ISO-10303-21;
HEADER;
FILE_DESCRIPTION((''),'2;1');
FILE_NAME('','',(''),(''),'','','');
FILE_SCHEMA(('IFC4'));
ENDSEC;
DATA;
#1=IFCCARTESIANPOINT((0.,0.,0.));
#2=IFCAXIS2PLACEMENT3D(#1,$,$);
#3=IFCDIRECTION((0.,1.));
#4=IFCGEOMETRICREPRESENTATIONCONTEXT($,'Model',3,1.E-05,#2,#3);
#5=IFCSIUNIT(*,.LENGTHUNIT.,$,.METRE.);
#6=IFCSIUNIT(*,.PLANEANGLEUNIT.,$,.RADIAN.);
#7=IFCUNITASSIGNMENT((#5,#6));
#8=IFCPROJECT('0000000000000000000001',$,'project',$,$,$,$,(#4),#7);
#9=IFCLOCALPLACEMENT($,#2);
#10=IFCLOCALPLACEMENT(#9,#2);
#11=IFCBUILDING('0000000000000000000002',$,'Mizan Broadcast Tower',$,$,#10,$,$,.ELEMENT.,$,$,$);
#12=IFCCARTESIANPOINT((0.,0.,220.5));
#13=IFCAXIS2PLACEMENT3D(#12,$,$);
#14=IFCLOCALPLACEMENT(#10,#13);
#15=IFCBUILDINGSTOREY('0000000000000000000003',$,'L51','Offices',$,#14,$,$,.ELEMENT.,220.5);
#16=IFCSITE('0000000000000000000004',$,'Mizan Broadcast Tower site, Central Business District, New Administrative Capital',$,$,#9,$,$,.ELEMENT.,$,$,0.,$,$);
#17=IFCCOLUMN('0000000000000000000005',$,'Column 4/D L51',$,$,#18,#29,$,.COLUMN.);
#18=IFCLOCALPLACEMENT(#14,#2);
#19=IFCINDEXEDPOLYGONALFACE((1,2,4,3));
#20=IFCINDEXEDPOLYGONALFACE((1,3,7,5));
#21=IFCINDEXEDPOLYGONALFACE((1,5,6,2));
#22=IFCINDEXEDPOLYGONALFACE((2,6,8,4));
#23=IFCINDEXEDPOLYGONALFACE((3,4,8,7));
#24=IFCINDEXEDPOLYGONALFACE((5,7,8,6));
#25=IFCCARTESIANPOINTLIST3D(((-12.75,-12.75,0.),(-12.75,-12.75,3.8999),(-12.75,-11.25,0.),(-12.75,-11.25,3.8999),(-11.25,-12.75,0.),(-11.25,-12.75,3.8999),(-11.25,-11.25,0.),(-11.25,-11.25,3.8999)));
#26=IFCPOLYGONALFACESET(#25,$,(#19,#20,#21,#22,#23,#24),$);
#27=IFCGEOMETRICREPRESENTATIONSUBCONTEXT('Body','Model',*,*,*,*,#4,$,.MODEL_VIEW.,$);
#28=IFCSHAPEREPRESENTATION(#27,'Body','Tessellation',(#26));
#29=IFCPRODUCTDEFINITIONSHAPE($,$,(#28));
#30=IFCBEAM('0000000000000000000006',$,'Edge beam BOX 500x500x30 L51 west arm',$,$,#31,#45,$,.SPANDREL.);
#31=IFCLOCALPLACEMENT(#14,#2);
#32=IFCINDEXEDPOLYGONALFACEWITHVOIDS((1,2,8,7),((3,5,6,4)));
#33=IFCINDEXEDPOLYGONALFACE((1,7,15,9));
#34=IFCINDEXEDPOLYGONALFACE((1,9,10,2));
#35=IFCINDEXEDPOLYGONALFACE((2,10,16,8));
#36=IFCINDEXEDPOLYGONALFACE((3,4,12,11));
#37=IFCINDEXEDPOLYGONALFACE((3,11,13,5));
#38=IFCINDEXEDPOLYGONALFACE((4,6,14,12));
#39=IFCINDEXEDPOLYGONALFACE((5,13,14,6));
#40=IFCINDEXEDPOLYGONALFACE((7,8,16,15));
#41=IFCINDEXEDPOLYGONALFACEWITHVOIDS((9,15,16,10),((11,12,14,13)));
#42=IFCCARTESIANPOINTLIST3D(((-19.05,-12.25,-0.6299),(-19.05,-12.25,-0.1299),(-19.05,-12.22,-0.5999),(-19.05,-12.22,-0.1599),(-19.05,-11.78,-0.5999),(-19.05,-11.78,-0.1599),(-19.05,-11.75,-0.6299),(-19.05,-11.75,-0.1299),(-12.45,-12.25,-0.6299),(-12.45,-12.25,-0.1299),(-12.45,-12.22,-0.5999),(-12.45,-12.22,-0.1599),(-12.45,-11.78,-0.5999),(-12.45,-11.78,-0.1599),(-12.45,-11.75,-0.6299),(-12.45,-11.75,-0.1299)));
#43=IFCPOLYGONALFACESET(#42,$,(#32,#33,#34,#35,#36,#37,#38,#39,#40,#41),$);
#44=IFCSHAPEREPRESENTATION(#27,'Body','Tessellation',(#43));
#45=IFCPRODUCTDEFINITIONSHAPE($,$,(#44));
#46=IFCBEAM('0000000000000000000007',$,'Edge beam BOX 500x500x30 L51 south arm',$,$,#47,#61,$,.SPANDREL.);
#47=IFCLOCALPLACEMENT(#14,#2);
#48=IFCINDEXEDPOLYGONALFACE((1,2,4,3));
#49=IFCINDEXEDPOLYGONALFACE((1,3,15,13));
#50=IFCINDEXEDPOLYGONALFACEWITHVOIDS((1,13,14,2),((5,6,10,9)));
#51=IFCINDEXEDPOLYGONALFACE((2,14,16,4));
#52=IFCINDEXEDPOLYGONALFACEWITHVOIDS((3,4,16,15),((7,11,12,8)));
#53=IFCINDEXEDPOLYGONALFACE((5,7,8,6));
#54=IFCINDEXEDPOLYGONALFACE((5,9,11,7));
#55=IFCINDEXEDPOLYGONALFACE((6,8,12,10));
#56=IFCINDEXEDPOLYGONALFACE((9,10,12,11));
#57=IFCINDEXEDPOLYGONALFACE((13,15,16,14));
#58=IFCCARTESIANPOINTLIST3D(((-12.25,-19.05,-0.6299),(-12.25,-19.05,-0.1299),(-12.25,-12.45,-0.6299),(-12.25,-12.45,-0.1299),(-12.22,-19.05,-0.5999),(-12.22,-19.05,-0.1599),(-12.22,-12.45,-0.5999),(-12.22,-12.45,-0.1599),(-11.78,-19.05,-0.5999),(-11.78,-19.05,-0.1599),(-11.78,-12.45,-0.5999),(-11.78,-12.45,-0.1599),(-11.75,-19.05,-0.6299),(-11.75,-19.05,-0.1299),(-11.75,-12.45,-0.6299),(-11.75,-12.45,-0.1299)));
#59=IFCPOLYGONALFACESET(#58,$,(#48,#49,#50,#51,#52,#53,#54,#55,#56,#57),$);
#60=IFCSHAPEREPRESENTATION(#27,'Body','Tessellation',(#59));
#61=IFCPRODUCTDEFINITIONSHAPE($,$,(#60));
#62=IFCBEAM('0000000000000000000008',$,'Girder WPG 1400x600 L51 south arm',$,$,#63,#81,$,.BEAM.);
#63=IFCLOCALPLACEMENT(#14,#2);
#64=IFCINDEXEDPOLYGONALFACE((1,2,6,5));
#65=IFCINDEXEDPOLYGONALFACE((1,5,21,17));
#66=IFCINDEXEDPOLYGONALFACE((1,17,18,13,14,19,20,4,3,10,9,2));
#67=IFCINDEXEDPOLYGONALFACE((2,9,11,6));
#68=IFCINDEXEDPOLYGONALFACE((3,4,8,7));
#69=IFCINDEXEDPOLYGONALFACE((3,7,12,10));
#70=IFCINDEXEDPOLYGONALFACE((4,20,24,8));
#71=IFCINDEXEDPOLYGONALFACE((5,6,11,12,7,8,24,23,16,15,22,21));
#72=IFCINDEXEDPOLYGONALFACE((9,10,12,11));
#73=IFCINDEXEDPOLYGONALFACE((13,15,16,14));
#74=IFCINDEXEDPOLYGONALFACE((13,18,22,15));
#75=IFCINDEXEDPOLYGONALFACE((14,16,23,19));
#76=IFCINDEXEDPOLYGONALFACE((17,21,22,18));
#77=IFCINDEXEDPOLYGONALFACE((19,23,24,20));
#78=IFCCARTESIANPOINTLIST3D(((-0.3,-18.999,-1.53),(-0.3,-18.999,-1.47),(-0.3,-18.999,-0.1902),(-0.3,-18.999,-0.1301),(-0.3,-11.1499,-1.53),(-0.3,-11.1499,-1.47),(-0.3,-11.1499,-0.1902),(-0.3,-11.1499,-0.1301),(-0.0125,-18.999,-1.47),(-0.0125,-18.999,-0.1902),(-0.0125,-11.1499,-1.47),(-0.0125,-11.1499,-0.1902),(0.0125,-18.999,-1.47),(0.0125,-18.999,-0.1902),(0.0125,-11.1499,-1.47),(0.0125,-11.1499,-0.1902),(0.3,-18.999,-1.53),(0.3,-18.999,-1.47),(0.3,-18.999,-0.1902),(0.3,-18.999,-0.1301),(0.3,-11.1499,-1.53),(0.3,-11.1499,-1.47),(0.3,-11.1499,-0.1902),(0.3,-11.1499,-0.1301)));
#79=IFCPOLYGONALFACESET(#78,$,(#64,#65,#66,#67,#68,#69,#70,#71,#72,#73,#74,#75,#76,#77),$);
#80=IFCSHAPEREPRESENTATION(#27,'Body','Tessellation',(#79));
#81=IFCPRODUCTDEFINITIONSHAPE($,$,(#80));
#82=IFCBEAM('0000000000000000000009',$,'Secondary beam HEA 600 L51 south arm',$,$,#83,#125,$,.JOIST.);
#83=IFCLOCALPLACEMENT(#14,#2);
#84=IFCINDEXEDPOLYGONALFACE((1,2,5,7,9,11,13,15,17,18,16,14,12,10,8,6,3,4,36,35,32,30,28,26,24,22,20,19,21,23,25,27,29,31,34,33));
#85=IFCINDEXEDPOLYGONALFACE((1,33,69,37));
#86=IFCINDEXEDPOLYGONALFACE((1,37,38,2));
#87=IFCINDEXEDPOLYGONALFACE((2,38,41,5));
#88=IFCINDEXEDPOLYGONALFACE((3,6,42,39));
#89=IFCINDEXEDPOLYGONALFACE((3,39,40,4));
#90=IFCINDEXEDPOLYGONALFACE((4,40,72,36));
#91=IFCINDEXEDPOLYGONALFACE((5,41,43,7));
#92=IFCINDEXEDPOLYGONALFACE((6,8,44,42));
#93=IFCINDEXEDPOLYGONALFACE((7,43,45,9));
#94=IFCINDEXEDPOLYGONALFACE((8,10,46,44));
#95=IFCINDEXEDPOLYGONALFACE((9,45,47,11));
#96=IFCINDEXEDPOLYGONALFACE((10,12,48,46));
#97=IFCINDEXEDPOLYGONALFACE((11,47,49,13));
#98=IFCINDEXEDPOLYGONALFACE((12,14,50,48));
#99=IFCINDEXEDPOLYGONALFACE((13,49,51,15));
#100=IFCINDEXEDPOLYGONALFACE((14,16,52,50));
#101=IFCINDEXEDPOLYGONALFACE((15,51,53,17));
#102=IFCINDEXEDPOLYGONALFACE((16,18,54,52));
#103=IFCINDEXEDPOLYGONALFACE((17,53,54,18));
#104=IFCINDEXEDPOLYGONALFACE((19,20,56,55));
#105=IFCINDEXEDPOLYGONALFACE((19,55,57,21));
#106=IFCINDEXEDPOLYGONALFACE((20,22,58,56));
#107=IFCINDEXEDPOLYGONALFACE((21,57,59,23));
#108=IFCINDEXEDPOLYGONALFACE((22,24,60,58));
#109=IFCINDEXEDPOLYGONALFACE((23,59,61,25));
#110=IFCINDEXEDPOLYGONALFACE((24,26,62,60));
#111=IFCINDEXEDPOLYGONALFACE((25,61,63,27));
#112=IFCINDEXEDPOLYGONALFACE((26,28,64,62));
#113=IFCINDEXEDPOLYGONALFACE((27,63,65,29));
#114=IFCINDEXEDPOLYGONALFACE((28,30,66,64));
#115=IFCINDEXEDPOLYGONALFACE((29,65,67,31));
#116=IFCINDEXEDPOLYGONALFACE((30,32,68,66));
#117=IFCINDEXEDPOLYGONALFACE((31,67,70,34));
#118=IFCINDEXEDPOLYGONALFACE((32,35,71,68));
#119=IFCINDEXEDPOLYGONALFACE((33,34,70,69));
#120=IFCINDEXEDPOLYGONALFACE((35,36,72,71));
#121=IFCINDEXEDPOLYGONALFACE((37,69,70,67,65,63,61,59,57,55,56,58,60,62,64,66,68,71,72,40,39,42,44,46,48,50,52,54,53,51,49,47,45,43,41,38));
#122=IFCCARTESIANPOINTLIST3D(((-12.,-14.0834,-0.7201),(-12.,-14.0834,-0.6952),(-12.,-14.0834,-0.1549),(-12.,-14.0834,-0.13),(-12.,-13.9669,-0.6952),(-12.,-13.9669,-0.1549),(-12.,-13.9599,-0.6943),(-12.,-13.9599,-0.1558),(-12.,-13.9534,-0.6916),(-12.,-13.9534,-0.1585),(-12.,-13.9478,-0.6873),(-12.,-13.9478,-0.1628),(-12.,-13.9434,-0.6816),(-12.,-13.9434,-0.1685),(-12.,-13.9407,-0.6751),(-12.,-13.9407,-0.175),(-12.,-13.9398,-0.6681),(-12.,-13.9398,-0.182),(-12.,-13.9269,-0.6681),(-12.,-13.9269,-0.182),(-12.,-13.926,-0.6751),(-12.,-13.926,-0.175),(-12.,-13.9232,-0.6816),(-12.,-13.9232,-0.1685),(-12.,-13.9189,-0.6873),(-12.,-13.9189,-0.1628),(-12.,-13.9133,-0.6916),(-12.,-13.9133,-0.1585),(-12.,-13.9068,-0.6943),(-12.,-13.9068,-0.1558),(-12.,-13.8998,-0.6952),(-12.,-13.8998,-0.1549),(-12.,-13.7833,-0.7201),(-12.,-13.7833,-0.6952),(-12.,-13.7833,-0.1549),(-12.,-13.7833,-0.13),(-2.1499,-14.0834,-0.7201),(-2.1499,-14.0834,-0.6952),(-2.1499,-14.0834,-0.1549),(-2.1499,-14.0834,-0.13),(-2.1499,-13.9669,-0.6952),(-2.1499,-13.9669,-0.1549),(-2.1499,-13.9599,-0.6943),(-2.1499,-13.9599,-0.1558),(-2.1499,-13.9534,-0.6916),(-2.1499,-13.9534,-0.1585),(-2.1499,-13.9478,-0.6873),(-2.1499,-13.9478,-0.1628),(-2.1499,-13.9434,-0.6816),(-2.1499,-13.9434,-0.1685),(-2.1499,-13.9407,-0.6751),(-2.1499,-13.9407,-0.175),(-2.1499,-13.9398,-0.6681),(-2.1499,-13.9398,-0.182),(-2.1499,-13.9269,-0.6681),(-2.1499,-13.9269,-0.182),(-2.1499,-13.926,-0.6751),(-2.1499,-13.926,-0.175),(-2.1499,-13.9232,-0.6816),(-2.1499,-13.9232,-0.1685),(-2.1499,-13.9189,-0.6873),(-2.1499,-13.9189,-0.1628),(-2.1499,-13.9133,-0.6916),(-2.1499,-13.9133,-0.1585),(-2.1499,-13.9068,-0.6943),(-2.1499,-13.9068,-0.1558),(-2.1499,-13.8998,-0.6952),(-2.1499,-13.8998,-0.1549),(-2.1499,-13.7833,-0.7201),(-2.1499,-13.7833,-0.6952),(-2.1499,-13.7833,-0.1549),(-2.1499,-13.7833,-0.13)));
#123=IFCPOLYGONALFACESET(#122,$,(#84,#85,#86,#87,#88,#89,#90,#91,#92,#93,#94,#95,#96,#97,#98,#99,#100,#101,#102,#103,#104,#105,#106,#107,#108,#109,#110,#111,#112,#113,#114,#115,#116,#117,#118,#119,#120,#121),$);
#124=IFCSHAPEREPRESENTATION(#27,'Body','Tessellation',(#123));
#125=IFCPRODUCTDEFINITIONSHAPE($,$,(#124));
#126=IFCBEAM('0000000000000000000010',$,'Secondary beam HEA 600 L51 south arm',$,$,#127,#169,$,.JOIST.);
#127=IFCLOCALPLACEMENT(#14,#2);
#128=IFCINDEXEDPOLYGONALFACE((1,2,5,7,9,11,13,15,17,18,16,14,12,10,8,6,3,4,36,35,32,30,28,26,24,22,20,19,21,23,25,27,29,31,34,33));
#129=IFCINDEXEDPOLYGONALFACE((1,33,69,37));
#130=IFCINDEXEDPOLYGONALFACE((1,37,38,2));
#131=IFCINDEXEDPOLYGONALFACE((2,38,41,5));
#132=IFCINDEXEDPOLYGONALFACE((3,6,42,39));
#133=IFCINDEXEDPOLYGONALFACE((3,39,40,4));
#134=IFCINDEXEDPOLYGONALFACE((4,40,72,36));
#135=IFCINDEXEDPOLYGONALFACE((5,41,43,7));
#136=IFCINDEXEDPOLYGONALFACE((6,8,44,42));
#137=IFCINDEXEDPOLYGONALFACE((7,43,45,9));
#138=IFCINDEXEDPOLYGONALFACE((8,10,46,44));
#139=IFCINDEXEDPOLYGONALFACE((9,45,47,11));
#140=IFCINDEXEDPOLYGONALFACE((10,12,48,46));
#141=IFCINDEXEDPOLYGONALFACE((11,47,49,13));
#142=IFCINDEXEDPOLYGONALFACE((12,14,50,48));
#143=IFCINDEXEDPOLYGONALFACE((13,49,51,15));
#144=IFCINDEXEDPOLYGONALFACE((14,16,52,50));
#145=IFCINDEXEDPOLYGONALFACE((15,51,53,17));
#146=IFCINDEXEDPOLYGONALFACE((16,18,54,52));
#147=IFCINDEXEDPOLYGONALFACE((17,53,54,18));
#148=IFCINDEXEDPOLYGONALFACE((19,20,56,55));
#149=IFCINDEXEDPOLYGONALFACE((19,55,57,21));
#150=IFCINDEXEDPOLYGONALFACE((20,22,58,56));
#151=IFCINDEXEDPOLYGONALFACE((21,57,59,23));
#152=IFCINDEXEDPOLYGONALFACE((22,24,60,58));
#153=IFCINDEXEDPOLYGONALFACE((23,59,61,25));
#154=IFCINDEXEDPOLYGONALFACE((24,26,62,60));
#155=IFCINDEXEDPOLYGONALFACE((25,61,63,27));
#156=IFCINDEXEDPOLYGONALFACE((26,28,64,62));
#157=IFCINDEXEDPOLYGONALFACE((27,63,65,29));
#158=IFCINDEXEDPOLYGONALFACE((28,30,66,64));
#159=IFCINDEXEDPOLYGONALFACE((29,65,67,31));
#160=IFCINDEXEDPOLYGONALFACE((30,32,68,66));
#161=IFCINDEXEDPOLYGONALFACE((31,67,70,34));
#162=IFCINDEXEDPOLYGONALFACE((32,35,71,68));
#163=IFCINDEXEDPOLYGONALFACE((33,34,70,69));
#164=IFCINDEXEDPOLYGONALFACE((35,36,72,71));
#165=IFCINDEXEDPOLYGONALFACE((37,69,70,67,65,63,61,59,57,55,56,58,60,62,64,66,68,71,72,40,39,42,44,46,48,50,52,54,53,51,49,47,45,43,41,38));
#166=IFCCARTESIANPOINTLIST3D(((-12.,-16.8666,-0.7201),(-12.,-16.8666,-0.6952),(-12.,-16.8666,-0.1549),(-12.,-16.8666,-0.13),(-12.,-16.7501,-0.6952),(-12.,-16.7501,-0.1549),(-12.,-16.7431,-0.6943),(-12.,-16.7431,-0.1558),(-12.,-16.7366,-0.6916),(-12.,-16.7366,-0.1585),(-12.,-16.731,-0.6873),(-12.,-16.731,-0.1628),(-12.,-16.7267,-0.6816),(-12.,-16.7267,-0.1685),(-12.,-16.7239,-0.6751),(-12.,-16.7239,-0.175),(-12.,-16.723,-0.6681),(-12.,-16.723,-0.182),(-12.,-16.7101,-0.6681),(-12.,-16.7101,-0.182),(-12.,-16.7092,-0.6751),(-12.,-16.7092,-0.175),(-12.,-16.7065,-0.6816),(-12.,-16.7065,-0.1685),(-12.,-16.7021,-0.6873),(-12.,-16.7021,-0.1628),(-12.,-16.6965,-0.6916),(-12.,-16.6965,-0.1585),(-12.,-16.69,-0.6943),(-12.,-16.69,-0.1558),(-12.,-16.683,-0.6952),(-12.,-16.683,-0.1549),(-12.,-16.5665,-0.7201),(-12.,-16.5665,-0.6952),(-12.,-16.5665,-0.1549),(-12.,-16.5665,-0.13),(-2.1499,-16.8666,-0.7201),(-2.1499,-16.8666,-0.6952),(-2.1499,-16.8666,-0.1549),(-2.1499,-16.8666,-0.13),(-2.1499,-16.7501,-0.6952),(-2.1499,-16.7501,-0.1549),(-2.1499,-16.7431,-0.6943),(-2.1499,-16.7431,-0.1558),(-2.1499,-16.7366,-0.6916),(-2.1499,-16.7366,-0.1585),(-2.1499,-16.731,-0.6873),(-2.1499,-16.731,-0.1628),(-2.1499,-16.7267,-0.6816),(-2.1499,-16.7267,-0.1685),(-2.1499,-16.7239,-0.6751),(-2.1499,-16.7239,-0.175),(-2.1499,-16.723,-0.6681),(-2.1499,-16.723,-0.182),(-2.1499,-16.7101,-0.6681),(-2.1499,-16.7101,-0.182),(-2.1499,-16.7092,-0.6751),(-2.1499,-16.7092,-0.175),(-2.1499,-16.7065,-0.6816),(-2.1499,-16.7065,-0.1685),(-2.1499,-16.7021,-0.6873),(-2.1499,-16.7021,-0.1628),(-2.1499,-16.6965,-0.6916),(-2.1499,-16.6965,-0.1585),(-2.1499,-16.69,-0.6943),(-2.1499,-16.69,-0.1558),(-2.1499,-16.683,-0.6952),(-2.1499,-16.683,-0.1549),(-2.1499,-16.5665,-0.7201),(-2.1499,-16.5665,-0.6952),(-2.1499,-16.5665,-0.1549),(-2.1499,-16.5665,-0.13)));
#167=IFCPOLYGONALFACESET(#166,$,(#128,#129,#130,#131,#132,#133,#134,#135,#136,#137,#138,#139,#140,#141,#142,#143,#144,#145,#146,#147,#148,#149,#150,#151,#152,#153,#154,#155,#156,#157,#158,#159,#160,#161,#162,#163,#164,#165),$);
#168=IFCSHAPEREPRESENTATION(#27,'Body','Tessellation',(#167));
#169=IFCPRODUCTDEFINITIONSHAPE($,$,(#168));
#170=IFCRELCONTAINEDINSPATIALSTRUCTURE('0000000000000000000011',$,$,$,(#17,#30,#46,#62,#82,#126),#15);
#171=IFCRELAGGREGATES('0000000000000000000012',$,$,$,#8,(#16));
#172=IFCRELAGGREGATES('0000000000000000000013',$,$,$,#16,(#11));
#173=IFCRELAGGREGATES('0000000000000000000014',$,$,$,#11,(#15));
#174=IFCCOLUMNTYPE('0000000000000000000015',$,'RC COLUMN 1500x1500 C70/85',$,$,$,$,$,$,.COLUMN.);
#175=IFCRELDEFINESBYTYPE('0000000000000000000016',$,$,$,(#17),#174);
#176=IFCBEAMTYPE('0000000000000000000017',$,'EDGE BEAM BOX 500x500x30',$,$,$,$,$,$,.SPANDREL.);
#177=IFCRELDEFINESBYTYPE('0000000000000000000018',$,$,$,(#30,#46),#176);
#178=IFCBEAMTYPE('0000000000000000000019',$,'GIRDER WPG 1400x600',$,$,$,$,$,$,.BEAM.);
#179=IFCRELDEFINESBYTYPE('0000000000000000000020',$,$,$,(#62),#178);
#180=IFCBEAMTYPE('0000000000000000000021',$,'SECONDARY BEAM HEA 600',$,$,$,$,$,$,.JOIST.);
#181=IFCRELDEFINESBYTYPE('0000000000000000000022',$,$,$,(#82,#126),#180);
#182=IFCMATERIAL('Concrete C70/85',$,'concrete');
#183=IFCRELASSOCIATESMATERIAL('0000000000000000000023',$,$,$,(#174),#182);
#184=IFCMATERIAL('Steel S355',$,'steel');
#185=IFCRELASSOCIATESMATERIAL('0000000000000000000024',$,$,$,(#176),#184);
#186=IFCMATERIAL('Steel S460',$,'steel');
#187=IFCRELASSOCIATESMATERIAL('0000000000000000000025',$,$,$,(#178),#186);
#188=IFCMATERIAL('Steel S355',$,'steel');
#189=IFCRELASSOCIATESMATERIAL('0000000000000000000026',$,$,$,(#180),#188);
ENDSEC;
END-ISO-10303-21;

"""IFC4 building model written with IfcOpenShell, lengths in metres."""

from ifc_helpers import new_model, si_unit, direction, frame, origin, origin_2d, place, context, subcontext, project, spatial, rectangle, hollow_rectangle, i_section, extrude, material, material_profile, profile_set, type_object, element, save


model = new_model("IFC4")

# Units and contexts
model_context = context("Model", 3, precision=1e-05, world=origin(), true_north=direction((0.0, 1.0)))
body_context = subcontext(model_context, "Body", "Model", "MODEL_VIEW")
ifc_project = project(units=[si_unit("LENGTHUNIT", "METRE"), si_unit("PLANEANGLEUNIT", "RADIAN")], contexts=[model_context])

# Site, building, storey
site_placement = place(None, origin())
site = spatial("IfcSite", under=ifc_project, at=site_placement, Name="Mizan Broadcast Tower site, Central Business District, New Administrative Capital", CompositionType="ELEMENT", RefElevation=0.0)
building_placement = place(site_placement, origin())
building = spatial("IfcBuilding", under=site, at=building_placement, Name="Mizan Broadcast Tower", CompositionType="ELEMENT")
storey_placement = place(building_placement, frame((0.0, 0.0, 220.5)))
storey = spatial("IfcBuildingStorey", under=building, at=storey_placement, Name="L51", Description="Offices", CompositionType="ELEMENT", Elevation=220.5)

# Column
ifc_material_1 = material(Name="Concrete C70/85", Category="concrete")
ifc_material_profile_1 = material_profile(ifc_material_1, rectangle(XDim=1.5, YDim=1.5, at=origin_2d()), Name="RC 1500x1500")
ifc_profile_set_1 = profile_set([ifc_material_profile_1], Name="Concrete C70/85")
column_type = type_object("IfcColumnType", Name="RC COLUMN 1500x1500 C70/85", PredefinedType="COLUMN", material=ifc_profile_set_1)
column_placement = place(storey_placement, frame((-12.0, -12.0, 0.0), z_axis=(0.0, 0.0, 1.0), x_axis=(1.0, 0.0, 0.0)))
element("IfcColumn", 1, at=column_placement, inside=storey, type_object=column_type, Name="Column 4/D L51", PredefinedType="COLUMN", context=body_context, shape_type="SweptSolid", body=[
    extrude(rectangle(XDim=1.5, YDim=1.5, at=origin_2d()), origin(), (0.0, 0.0, 1.0), 3.8999),
])

# Beams
ifc_material_2 = material(Name="Steel S355", Category="steel")
ifc_material_profile_2 = material_profile(ifc_material_2, hollow_rectangle(XDim=0.5, YDim=0.5, WallThickness=0.03, at=origin_2d()), Name="BOX 500x500x30")
ifc_profile_set_2 = profile_set([ifc_material_profile_2], Name="Steel S355")
beam_type_1 = type_object("IfcBeamType", Name="EDGE BEAM BOX 500x500x30", PredefinedType="SPANDREL", material=ifc_profile_set_2)
for number, where, z_axis, x_axis, name in (
    (2, (-12.45, -12.0, -0.3799), (-1.0, 0.0, 0.0), (0.0, -1.0, 0.0), "Edge beam BOX 500x500x30 L51 west arm"),
    (3, (-12.0, -12.45, -0.3799), (0.0, -1.0, 0.0), (1.0, 0.0, 0.0), "Edge beam BOX 500x500x30 L51 south arm"),
):
    element("IfcBeam", number, at=place(storey_placement, frame(where, z_axis=z_axis, x_axis=x_axis)), inside=storey, type_object=beam_type_1, Name=name, PredefinedType="SPANDREL", context=body_context, shape_type="SweptSolid", body=[
        extrude(hollow_rectangle(XDim=0.5, YDim=0.5, WallThickness=0.03, at=origin_2d()), origin(), (0.0, 0.0, 1.0), 6.6001),
    ])
ifc_material_3 = material(Name="Steel S460", Category="steel")
ifc_material_profile_3 = material_profile(ifc_material_3, i_section(OverallWidth=0.6001, OverallDepth=1.3999, WebThickness=0.0249, FlangeThickness=0.0601, at=origin_2d()), Name="WPG 1400x600")
ifc_profile_set_3 = profile_set([ifc_material_profile_3], Name="Steel S460")
beam_type_2 = type_object("IfcBeamType", Name="GIRDER WPG 1400x600", PredefinedType="BEAM", material=ifc_profile_set_3)
beam_1_placement = place(storey_placement, frame((0.0, -11.1499, -0.8301), z_axis=(0.0, -1.0, 0.0), x_axis=(1.0, 0.0, 0.0)))
element("IfcBeam", 4, at=beam_1_placement, inside=storey, type_object=beam_type_2, Name="Girder WPG 1400x600 L51 south arm", PredefinedType="BEAM", context=body_context, shape_type="SweptSolid", body=[
    extrude(i_section(OverallWidth=0.6001, OverallDepth=1.3999, WebThickness=0.0249, FlangeThickness=0.0601, at=origin_2d()), origin(), (0.0, 0.0, 1.0), 7.8491),
])
ifc_material_4 = material(Name="Steel S355", Category="steel")
ifc_material_profile_4 = material_profile(ifc_material_4, i_section(OverallWidth=0.3, OverallDepth=0.5901, WebThickness=0.0129, FlangeThickness=0.0249, FilletRadius=0.0271, at=origin_2d()), Name="HEA 600")
ifc_profile_set_4 = profile_set([ifc_material_profile_4], Name="Steel S355")
beam_type_3 = type_object("IfcBeamType", Name="SECONDARY BEAM HEA 600", PredefinedType="JOIST", material=ifc_profile_set_4)
for number, where, z_axis, x_axis, name in (
    (5, (-12.0, -13.9333, -0.425), (1.0, 0.0, 0.0), (0.0, 1.0, 0.0), "Secondary beam HEA 600 L51 south arm"),
    (6, (-12.0, -16.7166, -0.425), (1.0, 0.0, 0.0), (0.0, 1.0, 0.0), "Secondary beam HEA 600 L51 south arm"),
):
    element("IfcBeam", number, at=place(storey_placement, frame(where, z_axis=z_axis, x_axis=x_axis)), inside=storey, type_object=beam_type_3, Name=name, PredefinedType="JOIST", context=body_context, shape_type="SweptSolid", body=[
        extrude(i_section(OverallWidth=0.3, OverallDepth=0.5901, WebThickness=0.0129, FlangeThickness=0.0249, FilletRadius=0.0271, at=origin_2d()), origin(), (0.0, 0.0, 1.0), 9.8501),
    ])

save(model, "model.ifc")
